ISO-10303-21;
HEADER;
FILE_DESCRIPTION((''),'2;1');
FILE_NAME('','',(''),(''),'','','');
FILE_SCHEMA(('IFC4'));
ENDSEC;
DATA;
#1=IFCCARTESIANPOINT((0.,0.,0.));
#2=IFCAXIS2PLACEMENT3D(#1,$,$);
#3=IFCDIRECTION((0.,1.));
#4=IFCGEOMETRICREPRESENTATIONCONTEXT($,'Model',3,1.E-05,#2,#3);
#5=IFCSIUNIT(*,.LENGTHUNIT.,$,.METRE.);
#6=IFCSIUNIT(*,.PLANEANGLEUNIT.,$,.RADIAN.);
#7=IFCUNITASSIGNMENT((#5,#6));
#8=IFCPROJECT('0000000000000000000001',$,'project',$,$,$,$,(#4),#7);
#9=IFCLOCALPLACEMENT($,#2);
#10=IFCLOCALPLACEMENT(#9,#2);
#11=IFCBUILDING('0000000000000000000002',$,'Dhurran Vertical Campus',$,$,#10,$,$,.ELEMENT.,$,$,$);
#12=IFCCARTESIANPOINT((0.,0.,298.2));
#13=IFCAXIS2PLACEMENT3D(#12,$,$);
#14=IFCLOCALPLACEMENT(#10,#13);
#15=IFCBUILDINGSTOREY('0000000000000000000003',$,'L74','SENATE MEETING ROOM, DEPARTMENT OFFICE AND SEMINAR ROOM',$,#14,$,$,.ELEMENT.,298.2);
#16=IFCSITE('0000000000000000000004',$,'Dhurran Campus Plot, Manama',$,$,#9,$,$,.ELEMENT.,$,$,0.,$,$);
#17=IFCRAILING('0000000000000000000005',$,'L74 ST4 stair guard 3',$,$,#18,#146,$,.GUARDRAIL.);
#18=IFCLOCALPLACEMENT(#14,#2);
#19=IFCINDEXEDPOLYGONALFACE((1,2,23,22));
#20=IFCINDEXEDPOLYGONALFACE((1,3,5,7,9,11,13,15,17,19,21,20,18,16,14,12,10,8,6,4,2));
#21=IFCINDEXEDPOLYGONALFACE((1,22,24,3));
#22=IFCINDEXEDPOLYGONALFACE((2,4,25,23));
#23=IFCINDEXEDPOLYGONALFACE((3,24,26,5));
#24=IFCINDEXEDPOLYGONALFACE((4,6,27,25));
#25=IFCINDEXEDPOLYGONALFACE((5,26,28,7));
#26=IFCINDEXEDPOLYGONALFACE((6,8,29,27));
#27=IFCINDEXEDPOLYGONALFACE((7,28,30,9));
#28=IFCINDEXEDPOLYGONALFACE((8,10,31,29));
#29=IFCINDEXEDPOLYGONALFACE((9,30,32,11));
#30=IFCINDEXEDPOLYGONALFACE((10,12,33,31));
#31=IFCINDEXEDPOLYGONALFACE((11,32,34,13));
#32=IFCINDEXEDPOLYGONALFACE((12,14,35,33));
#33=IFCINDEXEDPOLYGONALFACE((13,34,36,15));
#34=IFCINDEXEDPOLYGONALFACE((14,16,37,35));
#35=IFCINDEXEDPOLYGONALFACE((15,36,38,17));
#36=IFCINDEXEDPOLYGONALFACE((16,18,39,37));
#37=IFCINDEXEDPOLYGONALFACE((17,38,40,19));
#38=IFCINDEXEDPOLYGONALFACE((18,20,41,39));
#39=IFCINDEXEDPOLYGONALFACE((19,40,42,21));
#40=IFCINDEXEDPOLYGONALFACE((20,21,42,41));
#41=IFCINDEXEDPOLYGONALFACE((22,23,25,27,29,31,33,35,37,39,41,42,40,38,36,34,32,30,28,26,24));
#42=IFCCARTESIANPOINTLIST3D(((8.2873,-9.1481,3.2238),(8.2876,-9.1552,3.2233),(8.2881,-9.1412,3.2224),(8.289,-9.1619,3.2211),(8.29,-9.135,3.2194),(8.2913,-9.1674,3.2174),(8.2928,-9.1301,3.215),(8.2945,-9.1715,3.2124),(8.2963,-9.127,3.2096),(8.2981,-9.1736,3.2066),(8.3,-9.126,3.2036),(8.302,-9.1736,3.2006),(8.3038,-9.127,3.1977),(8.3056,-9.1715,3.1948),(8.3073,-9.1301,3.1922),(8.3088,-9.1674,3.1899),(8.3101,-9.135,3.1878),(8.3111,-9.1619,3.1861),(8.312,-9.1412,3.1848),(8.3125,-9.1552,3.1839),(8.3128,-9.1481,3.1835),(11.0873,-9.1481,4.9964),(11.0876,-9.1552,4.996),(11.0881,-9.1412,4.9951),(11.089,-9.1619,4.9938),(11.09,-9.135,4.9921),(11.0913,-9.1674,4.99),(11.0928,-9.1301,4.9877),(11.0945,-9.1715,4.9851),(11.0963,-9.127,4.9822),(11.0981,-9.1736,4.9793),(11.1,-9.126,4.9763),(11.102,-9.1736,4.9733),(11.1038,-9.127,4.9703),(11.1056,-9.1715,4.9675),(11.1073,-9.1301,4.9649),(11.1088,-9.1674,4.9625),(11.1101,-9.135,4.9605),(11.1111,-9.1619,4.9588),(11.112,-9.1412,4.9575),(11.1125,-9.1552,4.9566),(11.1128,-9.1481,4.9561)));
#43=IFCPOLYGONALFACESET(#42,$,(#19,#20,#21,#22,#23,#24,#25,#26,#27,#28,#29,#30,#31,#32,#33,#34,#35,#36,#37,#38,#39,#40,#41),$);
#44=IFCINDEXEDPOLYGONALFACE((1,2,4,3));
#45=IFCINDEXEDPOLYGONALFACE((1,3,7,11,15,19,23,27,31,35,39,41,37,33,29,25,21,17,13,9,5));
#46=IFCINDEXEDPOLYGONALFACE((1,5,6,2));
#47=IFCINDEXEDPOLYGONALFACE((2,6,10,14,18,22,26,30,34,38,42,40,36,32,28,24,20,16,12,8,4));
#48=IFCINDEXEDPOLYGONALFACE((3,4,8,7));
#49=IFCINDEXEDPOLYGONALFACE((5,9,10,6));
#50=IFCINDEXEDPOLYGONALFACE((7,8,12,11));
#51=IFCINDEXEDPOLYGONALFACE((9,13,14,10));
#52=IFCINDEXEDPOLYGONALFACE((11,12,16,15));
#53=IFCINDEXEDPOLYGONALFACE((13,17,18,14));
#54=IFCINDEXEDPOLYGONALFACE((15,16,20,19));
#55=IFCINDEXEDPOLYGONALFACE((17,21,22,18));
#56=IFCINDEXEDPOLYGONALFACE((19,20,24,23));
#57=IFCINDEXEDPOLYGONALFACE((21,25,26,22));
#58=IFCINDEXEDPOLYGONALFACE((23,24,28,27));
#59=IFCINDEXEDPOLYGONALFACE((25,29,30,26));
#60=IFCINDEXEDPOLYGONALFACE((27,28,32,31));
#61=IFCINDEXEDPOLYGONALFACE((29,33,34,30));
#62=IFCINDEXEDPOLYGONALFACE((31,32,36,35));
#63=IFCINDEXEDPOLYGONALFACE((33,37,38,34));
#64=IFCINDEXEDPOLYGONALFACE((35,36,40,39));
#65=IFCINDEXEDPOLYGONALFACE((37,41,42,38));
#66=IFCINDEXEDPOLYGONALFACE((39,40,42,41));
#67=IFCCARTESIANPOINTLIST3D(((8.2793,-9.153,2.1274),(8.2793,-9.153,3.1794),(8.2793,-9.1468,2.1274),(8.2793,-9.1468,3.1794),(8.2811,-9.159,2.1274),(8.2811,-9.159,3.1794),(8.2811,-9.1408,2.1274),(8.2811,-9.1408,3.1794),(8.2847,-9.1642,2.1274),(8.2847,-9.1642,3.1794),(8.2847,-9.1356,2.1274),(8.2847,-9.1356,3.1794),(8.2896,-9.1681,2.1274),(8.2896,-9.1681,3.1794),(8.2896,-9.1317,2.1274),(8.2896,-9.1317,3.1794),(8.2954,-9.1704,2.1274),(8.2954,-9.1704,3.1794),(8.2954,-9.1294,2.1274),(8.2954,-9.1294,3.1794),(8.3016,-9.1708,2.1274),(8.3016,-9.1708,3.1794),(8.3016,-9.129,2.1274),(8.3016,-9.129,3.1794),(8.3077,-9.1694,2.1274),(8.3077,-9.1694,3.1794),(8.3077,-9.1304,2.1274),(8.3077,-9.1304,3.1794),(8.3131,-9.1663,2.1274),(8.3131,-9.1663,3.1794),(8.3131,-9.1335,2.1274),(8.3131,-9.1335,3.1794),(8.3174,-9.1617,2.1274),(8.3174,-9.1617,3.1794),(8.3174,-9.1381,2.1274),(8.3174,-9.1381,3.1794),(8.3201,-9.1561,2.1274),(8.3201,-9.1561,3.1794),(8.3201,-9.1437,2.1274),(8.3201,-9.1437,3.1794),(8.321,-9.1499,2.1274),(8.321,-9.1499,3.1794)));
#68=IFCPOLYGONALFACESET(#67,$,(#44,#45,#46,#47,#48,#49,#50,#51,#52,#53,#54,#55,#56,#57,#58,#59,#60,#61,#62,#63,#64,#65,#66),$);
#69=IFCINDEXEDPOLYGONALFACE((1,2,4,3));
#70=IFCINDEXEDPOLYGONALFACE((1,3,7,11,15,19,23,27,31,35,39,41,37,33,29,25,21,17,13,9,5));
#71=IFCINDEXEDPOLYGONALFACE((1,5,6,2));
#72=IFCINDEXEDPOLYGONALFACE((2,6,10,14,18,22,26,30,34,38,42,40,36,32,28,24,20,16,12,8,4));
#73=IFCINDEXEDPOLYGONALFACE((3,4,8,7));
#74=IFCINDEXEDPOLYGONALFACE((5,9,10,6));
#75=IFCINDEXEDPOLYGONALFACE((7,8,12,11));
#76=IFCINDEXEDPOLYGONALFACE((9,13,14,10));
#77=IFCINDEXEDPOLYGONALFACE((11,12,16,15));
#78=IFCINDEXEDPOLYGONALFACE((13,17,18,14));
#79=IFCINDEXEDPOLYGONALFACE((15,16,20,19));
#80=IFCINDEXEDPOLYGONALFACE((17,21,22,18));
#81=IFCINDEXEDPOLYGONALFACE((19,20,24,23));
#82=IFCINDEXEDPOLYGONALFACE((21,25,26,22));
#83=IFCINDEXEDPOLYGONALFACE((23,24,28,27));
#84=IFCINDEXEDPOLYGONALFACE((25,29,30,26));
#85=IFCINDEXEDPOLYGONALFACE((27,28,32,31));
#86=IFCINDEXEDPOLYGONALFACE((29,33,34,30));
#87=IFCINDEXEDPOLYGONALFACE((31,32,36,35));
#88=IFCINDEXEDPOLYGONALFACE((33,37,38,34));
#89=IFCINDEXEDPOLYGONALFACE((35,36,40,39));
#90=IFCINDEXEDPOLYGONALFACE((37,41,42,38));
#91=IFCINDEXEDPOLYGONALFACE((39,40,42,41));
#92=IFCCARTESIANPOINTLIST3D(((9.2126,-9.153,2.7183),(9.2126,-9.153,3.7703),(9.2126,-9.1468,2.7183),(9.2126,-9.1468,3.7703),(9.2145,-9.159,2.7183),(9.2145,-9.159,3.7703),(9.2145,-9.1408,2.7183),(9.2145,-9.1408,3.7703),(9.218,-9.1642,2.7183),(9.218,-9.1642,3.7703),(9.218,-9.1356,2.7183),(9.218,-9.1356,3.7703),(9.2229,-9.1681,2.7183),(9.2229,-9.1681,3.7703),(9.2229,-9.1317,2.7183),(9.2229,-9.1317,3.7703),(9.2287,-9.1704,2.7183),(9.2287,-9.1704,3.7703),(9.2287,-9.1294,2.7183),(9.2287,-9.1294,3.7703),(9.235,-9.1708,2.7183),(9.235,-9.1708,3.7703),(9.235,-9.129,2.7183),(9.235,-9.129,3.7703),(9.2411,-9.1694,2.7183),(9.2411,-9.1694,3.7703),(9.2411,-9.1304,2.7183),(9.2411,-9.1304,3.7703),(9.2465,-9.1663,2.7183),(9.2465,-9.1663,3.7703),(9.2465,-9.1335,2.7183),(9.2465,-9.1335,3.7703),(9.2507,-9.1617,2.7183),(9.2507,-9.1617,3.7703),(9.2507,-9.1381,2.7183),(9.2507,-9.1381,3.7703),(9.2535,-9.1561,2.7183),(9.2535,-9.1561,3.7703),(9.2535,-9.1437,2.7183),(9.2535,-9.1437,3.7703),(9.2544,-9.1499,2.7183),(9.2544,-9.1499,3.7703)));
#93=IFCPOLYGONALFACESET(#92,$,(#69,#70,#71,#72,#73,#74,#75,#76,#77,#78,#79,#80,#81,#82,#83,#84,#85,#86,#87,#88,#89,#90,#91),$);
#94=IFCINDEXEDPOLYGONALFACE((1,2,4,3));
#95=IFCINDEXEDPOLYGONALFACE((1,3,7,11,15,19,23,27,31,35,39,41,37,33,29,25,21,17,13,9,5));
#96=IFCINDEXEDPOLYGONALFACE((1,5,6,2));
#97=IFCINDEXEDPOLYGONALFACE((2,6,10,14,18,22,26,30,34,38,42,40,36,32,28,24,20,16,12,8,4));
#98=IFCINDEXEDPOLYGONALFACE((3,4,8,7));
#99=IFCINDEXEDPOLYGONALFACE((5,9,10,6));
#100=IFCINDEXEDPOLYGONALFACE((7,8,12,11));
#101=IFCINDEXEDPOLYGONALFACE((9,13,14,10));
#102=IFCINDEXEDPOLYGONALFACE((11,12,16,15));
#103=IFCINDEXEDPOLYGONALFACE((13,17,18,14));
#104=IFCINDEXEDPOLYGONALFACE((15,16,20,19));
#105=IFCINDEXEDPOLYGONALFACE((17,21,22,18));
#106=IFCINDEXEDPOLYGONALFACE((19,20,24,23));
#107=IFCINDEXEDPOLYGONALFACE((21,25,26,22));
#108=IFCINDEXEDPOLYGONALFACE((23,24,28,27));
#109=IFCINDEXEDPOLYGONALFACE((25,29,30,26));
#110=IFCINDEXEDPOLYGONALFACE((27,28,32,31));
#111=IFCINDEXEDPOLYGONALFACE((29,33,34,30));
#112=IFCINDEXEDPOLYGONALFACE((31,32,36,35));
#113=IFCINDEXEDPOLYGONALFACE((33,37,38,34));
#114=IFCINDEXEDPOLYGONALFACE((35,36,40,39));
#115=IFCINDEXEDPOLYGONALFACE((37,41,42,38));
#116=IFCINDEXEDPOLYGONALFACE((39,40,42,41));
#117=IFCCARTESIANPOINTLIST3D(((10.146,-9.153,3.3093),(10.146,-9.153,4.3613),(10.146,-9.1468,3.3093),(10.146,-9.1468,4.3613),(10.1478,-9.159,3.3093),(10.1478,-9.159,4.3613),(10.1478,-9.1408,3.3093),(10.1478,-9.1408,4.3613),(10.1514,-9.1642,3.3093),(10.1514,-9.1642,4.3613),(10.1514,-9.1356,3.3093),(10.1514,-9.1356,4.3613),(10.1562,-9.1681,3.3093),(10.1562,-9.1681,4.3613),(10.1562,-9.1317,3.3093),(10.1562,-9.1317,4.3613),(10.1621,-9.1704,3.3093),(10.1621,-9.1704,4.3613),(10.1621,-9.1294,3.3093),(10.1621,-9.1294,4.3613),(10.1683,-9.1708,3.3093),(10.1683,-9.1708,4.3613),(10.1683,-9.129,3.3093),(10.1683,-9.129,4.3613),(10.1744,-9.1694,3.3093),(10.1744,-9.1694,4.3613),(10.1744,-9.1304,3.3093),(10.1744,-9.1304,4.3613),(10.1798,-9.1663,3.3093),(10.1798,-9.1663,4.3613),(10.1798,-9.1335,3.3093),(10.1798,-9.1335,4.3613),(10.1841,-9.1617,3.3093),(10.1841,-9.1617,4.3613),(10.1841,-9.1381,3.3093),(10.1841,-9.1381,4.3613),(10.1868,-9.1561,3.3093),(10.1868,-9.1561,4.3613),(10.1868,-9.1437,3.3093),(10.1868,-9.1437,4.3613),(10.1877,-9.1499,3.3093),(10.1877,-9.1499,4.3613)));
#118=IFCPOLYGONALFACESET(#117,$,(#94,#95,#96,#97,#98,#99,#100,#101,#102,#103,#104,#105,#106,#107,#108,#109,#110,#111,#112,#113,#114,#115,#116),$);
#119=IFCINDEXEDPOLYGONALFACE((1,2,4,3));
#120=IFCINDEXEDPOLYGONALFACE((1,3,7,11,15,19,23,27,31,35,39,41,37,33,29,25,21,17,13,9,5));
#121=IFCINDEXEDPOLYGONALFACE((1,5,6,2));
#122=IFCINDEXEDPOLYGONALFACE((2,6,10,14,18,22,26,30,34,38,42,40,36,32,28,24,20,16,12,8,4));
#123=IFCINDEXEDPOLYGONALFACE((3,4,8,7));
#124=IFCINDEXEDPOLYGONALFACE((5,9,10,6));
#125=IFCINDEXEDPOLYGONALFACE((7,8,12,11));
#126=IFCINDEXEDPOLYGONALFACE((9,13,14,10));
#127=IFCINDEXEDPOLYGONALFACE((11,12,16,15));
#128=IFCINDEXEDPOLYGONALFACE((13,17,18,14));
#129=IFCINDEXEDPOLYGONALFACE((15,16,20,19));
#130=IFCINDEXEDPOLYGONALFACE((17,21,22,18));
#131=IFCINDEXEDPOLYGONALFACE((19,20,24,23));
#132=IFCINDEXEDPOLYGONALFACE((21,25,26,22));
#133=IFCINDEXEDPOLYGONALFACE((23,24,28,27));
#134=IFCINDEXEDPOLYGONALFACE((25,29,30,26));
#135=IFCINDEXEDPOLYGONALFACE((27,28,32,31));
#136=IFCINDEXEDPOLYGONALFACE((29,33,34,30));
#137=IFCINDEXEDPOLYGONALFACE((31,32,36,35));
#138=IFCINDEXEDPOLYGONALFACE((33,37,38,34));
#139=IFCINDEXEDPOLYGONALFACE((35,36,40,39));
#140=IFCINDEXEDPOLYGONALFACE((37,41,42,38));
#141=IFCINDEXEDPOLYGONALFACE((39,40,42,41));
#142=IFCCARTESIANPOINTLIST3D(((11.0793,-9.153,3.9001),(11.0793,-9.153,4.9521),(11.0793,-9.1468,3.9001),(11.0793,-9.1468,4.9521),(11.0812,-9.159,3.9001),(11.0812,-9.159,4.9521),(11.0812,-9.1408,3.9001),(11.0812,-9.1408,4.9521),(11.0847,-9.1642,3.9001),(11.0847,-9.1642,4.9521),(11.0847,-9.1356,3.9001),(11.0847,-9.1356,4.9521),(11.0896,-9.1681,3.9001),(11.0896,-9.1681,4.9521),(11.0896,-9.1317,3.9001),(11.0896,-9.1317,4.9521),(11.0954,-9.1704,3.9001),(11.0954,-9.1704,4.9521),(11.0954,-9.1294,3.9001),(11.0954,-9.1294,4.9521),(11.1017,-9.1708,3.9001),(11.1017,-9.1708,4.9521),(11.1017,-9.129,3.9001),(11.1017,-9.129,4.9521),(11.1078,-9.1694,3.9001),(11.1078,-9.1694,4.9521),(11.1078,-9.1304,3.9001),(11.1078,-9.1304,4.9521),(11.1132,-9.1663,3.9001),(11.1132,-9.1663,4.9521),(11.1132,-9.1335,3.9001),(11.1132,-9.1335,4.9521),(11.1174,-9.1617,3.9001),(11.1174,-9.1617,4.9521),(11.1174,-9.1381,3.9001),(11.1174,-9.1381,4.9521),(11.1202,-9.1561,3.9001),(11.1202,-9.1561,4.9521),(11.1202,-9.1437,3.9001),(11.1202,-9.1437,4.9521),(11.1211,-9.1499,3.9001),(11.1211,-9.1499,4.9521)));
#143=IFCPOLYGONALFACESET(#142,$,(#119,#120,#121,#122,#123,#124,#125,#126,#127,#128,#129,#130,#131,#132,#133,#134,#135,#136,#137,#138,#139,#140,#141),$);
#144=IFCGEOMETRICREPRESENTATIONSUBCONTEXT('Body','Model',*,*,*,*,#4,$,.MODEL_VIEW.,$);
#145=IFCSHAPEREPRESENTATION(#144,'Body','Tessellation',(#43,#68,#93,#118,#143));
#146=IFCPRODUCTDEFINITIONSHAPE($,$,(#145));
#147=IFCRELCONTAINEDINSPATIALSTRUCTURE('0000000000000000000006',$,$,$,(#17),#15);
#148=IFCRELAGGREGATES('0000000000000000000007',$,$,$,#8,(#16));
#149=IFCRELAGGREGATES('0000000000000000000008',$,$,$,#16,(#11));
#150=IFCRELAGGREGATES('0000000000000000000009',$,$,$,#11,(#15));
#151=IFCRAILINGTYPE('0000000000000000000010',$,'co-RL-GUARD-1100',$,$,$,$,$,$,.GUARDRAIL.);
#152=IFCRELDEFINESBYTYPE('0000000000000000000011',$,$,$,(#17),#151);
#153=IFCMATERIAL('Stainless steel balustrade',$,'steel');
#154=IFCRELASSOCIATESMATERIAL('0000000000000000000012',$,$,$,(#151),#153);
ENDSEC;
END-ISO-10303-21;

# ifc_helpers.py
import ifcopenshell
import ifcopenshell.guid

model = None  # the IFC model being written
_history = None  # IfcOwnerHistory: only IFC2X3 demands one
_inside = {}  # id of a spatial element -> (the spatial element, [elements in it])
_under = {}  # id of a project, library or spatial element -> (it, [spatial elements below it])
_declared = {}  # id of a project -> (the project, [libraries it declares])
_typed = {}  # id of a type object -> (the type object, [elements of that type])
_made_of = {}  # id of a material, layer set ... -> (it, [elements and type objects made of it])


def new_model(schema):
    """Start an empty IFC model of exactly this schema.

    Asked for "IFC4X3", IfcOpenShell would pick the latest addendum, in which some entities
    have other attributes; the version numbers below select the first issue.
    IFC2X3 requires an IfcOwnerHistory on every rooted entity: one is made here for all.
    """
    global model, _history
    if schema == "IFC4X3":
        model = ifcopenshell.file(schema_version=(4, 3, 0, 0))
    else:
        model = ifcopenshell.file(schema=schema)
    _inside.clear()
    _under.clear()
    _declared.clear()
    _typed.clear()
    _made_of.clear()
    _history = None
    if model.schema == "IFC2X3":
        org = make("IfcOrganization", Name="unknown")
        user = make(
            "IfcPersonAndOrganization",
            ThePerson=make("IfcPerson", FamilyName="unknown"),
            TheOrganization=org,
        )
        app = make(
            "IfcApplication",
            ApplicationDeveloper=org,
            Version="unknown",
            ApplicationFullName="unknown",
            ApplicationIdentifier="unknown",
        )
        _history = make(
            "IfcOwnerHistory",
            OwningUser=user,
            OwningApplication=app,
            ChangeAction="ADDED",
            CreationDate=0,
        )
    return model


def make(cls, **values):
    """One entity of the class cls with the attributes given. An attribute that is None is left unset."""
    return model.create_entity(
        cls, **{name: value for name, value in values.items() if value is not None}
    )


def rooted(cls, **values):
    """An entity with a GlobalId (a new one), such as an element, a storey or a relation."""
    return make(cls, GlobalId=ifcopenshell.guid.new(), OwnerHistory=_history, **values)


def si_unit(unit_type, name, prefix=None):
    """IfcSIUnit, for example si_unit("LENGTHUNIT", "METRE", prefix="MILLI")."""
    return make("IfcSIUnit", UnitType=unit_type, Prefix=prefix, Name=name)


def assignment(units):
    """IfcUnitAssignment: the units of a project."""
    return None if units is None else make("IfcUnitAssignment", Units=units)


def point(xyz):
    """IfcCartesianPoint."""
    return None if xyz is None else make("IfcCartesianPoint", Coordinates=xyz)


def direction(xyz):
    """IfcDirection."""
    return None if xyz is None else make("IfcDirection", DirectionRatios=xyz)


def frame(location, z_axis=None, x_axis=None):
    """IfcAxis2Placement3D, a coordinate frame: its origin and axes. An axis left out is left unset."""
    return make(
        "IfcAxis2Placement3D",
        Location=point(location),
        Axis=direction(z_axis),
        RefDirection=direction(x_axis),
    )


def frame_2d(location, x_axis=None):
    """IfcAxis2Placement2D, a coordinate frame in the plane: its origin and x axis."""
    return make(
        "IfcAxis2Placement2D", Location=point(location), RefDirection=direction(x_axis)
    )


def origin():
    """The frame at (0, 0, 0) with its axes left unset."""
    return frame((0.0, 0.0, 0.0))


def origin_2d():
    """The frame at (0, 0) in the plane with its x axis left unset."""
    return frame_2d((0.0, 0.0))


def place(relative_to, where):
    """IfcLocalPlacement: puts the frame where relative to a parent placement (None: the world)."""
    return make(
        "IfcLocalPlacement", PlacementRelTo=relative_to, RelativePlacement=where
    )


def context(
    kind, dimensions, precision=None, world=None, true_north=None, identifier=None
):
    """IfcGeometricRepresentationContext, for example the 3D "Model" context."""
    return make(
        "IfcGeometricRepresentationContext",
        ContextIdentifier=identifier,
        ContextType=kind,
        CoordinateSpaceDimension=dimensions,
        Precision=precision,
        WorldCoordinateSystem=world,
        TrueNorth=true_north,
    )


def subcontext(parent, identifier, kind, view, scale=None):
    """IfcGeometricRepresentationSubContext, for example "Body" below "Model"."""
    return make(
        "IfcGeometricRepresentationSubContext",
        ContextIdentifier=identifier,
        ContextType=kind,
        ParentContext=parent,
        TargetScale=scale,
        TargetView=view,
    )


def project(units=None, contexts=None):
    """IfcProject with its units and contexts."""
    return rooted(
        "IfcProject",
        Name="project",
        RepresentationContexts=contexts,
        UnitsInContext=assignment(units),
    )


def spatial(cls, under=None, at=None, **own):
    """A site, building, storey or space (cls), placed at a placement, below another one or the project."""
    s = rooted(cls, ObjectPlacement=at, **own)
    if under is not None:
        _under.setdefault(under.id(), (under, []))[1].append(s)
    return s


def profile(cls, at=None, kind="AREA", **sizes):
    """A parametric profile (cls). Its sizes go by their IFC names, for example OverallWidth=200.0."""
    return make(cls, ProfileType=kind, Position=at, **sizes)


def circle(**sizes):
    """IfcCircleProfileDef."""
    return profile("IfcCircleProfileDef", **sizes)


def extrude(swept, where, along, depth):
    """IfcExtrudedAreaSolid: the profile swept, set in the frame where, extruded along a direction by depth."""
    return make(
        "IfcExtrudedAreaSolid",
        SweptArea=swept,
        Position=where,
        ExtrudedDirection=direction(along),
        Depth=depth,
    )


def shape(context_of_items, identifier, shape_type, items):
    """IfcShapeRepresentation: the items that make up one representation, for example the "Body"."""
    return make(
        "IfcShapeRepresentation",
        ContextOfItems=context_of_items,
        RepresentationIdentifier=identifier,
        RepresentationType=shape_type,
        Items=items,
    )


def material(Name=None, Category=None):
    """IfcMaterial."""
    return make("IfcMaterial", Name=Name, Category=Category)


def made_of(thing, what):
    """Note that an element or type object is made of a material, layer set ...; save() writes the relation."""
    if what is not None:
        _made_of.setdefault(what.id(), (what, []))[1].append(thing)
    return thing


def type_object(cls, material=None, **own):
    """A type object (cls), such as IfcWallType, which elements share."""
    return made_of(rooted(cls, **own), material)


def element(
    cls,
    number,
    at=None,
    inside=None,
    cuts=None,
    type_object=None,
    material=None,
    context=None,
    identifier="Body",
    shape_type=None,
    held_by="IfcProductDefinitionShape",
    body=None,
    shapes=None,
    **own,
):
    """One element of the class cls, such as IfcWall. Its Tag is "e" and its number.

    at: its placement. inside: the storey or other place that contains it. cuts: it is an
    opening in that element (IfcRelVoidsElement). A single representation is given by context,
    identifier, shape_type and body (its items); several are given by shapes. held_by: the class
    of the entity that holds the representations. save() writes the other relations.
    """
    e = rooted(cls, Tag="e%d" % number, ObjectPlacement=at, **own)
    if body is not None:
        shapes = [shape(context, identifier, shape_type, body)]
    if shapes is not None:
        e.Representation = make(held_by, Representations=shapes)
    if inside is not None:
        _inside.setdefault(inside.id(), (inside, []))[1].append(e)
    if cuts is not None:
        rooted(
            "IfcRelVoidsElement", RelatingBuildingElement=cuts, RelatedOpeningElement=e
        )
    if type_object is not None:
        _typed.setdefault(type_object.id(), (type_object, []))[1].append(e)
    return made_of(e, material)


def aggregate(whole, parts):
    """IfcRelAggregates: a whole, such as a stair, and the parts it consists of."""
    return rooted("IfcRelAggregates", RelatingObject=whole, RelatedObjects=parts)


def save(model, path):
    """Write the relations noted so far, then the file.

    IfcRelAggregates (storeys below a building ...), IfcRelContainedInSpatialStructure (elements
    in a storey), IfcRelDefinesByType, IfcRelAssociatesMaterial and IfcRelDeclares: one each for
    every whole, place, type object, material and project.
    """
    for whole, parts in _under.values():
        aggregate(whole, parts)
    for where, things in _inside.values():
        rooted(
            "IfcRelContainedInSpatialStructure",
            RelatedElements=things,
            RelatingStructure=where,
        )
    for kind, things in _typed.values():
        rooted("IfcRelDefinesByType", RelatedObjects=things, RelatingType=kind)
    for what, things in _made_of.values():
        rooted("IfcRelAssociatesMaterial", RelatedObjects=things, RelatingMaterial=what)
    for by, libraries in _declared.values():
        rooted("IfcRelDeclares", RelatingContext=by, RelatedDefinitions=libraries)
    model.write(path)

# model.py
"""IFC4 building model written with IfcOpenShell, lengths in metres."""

from ifc_helpers import new_model, si_unit, direction, frame, origin, origin_2d, place, context, subcontext, project, spatial, circle, extrude, material, type_object, element, save


model = new_model("IFC4")

# Units and contexts
model_context = context("Model", 3, precision=1e-05, world=origin(), true_north=direction((0.0, 1.0)))
body_context = subcontext(model_context, "Body", "Model", "MODEL_VIEW")
ifc_project = project(units=[si_unit("LENGTHUNIT", "METRE"), si_unit("PLANEANGLEUNIT", "RADIAN")], contexts=[model_context])

# Site, building, storey
site_placement = place(None, origin())
site = spatial("IfcSite", under=ifc_project, at=site_placement, Name="Dhurran Campus Plot, Manama", CompositionType="ELEMENT", RefElevation=0.0)
building_placement = place(site_placement, origin())
building = spatial("IfcBuilding", under=site, at=building_placement, Name="Dhurran Vertical Campus", CompositionType="ELEMENT")
storey_placement = place(building_placement, frame((0.0, 0.0, 298.2)))
storey = spatial("IfcBuildingStorey", under=building, at=storey_placement, Name="L74", Description="SENATE MEETING ROOM, DEPARTMENT OFFICE AND SEMINAR ROOM", CompositionType="ELEMENT", Elevation=298.2)

# Railing
ifc_material_1 = material(Name="Stainless steel balustrade", Category="steel")
railing_type_1 = type_object("IfcRailingType", Name="co-RL-GUARD-1100", PredefinedType="GUARDRAIL", material=ifc_material_1)
railing_1_placement = place(storey_placement, frame((8.3, -9.1499, 2.1274)))
element("IfcRailing", 1, at=railing_1_placement, inside=storey, type_object=railing_type_1, Name="L74 ST4 stair guard 3", PredefinedType="GUARDRAIL", context=body_context, shape_type="SweptSolid", body=[
    extrude(circle(Radius=0.0239, at=origin_2d()), frame((0.0, 0.0, 1.0762), z_axis=(0.844909, 0.0, 0.53491), x_axis=(0.0, 1.0, 0.0)), (0.0, 0.0, 1.0), 3.314),
    extrude(circle(Radius=0.021, at=origin_2d()), origin(), (0.0, 0.0, 1.0), 1.052),
    extrude(circle(Radius=0.021, at=origin_2d()), frame((0.9333, 0.0, 0.5908)), (0.0, 0.0, 1.0), 1.052),
    extrude(circle(Radius=0.021, at=origin_2d()), frame((1.8667, 0.0, 1.1819)), (0.0, 0.0, 1.0), 1.052),
    extrude(circle(Radius=0.021, at=origin_2d()), frame((2.8, 0.0, 1.7727)), (0.0, 0.0, 1.0), 1.052),
])

save(model, "model.ifc")
